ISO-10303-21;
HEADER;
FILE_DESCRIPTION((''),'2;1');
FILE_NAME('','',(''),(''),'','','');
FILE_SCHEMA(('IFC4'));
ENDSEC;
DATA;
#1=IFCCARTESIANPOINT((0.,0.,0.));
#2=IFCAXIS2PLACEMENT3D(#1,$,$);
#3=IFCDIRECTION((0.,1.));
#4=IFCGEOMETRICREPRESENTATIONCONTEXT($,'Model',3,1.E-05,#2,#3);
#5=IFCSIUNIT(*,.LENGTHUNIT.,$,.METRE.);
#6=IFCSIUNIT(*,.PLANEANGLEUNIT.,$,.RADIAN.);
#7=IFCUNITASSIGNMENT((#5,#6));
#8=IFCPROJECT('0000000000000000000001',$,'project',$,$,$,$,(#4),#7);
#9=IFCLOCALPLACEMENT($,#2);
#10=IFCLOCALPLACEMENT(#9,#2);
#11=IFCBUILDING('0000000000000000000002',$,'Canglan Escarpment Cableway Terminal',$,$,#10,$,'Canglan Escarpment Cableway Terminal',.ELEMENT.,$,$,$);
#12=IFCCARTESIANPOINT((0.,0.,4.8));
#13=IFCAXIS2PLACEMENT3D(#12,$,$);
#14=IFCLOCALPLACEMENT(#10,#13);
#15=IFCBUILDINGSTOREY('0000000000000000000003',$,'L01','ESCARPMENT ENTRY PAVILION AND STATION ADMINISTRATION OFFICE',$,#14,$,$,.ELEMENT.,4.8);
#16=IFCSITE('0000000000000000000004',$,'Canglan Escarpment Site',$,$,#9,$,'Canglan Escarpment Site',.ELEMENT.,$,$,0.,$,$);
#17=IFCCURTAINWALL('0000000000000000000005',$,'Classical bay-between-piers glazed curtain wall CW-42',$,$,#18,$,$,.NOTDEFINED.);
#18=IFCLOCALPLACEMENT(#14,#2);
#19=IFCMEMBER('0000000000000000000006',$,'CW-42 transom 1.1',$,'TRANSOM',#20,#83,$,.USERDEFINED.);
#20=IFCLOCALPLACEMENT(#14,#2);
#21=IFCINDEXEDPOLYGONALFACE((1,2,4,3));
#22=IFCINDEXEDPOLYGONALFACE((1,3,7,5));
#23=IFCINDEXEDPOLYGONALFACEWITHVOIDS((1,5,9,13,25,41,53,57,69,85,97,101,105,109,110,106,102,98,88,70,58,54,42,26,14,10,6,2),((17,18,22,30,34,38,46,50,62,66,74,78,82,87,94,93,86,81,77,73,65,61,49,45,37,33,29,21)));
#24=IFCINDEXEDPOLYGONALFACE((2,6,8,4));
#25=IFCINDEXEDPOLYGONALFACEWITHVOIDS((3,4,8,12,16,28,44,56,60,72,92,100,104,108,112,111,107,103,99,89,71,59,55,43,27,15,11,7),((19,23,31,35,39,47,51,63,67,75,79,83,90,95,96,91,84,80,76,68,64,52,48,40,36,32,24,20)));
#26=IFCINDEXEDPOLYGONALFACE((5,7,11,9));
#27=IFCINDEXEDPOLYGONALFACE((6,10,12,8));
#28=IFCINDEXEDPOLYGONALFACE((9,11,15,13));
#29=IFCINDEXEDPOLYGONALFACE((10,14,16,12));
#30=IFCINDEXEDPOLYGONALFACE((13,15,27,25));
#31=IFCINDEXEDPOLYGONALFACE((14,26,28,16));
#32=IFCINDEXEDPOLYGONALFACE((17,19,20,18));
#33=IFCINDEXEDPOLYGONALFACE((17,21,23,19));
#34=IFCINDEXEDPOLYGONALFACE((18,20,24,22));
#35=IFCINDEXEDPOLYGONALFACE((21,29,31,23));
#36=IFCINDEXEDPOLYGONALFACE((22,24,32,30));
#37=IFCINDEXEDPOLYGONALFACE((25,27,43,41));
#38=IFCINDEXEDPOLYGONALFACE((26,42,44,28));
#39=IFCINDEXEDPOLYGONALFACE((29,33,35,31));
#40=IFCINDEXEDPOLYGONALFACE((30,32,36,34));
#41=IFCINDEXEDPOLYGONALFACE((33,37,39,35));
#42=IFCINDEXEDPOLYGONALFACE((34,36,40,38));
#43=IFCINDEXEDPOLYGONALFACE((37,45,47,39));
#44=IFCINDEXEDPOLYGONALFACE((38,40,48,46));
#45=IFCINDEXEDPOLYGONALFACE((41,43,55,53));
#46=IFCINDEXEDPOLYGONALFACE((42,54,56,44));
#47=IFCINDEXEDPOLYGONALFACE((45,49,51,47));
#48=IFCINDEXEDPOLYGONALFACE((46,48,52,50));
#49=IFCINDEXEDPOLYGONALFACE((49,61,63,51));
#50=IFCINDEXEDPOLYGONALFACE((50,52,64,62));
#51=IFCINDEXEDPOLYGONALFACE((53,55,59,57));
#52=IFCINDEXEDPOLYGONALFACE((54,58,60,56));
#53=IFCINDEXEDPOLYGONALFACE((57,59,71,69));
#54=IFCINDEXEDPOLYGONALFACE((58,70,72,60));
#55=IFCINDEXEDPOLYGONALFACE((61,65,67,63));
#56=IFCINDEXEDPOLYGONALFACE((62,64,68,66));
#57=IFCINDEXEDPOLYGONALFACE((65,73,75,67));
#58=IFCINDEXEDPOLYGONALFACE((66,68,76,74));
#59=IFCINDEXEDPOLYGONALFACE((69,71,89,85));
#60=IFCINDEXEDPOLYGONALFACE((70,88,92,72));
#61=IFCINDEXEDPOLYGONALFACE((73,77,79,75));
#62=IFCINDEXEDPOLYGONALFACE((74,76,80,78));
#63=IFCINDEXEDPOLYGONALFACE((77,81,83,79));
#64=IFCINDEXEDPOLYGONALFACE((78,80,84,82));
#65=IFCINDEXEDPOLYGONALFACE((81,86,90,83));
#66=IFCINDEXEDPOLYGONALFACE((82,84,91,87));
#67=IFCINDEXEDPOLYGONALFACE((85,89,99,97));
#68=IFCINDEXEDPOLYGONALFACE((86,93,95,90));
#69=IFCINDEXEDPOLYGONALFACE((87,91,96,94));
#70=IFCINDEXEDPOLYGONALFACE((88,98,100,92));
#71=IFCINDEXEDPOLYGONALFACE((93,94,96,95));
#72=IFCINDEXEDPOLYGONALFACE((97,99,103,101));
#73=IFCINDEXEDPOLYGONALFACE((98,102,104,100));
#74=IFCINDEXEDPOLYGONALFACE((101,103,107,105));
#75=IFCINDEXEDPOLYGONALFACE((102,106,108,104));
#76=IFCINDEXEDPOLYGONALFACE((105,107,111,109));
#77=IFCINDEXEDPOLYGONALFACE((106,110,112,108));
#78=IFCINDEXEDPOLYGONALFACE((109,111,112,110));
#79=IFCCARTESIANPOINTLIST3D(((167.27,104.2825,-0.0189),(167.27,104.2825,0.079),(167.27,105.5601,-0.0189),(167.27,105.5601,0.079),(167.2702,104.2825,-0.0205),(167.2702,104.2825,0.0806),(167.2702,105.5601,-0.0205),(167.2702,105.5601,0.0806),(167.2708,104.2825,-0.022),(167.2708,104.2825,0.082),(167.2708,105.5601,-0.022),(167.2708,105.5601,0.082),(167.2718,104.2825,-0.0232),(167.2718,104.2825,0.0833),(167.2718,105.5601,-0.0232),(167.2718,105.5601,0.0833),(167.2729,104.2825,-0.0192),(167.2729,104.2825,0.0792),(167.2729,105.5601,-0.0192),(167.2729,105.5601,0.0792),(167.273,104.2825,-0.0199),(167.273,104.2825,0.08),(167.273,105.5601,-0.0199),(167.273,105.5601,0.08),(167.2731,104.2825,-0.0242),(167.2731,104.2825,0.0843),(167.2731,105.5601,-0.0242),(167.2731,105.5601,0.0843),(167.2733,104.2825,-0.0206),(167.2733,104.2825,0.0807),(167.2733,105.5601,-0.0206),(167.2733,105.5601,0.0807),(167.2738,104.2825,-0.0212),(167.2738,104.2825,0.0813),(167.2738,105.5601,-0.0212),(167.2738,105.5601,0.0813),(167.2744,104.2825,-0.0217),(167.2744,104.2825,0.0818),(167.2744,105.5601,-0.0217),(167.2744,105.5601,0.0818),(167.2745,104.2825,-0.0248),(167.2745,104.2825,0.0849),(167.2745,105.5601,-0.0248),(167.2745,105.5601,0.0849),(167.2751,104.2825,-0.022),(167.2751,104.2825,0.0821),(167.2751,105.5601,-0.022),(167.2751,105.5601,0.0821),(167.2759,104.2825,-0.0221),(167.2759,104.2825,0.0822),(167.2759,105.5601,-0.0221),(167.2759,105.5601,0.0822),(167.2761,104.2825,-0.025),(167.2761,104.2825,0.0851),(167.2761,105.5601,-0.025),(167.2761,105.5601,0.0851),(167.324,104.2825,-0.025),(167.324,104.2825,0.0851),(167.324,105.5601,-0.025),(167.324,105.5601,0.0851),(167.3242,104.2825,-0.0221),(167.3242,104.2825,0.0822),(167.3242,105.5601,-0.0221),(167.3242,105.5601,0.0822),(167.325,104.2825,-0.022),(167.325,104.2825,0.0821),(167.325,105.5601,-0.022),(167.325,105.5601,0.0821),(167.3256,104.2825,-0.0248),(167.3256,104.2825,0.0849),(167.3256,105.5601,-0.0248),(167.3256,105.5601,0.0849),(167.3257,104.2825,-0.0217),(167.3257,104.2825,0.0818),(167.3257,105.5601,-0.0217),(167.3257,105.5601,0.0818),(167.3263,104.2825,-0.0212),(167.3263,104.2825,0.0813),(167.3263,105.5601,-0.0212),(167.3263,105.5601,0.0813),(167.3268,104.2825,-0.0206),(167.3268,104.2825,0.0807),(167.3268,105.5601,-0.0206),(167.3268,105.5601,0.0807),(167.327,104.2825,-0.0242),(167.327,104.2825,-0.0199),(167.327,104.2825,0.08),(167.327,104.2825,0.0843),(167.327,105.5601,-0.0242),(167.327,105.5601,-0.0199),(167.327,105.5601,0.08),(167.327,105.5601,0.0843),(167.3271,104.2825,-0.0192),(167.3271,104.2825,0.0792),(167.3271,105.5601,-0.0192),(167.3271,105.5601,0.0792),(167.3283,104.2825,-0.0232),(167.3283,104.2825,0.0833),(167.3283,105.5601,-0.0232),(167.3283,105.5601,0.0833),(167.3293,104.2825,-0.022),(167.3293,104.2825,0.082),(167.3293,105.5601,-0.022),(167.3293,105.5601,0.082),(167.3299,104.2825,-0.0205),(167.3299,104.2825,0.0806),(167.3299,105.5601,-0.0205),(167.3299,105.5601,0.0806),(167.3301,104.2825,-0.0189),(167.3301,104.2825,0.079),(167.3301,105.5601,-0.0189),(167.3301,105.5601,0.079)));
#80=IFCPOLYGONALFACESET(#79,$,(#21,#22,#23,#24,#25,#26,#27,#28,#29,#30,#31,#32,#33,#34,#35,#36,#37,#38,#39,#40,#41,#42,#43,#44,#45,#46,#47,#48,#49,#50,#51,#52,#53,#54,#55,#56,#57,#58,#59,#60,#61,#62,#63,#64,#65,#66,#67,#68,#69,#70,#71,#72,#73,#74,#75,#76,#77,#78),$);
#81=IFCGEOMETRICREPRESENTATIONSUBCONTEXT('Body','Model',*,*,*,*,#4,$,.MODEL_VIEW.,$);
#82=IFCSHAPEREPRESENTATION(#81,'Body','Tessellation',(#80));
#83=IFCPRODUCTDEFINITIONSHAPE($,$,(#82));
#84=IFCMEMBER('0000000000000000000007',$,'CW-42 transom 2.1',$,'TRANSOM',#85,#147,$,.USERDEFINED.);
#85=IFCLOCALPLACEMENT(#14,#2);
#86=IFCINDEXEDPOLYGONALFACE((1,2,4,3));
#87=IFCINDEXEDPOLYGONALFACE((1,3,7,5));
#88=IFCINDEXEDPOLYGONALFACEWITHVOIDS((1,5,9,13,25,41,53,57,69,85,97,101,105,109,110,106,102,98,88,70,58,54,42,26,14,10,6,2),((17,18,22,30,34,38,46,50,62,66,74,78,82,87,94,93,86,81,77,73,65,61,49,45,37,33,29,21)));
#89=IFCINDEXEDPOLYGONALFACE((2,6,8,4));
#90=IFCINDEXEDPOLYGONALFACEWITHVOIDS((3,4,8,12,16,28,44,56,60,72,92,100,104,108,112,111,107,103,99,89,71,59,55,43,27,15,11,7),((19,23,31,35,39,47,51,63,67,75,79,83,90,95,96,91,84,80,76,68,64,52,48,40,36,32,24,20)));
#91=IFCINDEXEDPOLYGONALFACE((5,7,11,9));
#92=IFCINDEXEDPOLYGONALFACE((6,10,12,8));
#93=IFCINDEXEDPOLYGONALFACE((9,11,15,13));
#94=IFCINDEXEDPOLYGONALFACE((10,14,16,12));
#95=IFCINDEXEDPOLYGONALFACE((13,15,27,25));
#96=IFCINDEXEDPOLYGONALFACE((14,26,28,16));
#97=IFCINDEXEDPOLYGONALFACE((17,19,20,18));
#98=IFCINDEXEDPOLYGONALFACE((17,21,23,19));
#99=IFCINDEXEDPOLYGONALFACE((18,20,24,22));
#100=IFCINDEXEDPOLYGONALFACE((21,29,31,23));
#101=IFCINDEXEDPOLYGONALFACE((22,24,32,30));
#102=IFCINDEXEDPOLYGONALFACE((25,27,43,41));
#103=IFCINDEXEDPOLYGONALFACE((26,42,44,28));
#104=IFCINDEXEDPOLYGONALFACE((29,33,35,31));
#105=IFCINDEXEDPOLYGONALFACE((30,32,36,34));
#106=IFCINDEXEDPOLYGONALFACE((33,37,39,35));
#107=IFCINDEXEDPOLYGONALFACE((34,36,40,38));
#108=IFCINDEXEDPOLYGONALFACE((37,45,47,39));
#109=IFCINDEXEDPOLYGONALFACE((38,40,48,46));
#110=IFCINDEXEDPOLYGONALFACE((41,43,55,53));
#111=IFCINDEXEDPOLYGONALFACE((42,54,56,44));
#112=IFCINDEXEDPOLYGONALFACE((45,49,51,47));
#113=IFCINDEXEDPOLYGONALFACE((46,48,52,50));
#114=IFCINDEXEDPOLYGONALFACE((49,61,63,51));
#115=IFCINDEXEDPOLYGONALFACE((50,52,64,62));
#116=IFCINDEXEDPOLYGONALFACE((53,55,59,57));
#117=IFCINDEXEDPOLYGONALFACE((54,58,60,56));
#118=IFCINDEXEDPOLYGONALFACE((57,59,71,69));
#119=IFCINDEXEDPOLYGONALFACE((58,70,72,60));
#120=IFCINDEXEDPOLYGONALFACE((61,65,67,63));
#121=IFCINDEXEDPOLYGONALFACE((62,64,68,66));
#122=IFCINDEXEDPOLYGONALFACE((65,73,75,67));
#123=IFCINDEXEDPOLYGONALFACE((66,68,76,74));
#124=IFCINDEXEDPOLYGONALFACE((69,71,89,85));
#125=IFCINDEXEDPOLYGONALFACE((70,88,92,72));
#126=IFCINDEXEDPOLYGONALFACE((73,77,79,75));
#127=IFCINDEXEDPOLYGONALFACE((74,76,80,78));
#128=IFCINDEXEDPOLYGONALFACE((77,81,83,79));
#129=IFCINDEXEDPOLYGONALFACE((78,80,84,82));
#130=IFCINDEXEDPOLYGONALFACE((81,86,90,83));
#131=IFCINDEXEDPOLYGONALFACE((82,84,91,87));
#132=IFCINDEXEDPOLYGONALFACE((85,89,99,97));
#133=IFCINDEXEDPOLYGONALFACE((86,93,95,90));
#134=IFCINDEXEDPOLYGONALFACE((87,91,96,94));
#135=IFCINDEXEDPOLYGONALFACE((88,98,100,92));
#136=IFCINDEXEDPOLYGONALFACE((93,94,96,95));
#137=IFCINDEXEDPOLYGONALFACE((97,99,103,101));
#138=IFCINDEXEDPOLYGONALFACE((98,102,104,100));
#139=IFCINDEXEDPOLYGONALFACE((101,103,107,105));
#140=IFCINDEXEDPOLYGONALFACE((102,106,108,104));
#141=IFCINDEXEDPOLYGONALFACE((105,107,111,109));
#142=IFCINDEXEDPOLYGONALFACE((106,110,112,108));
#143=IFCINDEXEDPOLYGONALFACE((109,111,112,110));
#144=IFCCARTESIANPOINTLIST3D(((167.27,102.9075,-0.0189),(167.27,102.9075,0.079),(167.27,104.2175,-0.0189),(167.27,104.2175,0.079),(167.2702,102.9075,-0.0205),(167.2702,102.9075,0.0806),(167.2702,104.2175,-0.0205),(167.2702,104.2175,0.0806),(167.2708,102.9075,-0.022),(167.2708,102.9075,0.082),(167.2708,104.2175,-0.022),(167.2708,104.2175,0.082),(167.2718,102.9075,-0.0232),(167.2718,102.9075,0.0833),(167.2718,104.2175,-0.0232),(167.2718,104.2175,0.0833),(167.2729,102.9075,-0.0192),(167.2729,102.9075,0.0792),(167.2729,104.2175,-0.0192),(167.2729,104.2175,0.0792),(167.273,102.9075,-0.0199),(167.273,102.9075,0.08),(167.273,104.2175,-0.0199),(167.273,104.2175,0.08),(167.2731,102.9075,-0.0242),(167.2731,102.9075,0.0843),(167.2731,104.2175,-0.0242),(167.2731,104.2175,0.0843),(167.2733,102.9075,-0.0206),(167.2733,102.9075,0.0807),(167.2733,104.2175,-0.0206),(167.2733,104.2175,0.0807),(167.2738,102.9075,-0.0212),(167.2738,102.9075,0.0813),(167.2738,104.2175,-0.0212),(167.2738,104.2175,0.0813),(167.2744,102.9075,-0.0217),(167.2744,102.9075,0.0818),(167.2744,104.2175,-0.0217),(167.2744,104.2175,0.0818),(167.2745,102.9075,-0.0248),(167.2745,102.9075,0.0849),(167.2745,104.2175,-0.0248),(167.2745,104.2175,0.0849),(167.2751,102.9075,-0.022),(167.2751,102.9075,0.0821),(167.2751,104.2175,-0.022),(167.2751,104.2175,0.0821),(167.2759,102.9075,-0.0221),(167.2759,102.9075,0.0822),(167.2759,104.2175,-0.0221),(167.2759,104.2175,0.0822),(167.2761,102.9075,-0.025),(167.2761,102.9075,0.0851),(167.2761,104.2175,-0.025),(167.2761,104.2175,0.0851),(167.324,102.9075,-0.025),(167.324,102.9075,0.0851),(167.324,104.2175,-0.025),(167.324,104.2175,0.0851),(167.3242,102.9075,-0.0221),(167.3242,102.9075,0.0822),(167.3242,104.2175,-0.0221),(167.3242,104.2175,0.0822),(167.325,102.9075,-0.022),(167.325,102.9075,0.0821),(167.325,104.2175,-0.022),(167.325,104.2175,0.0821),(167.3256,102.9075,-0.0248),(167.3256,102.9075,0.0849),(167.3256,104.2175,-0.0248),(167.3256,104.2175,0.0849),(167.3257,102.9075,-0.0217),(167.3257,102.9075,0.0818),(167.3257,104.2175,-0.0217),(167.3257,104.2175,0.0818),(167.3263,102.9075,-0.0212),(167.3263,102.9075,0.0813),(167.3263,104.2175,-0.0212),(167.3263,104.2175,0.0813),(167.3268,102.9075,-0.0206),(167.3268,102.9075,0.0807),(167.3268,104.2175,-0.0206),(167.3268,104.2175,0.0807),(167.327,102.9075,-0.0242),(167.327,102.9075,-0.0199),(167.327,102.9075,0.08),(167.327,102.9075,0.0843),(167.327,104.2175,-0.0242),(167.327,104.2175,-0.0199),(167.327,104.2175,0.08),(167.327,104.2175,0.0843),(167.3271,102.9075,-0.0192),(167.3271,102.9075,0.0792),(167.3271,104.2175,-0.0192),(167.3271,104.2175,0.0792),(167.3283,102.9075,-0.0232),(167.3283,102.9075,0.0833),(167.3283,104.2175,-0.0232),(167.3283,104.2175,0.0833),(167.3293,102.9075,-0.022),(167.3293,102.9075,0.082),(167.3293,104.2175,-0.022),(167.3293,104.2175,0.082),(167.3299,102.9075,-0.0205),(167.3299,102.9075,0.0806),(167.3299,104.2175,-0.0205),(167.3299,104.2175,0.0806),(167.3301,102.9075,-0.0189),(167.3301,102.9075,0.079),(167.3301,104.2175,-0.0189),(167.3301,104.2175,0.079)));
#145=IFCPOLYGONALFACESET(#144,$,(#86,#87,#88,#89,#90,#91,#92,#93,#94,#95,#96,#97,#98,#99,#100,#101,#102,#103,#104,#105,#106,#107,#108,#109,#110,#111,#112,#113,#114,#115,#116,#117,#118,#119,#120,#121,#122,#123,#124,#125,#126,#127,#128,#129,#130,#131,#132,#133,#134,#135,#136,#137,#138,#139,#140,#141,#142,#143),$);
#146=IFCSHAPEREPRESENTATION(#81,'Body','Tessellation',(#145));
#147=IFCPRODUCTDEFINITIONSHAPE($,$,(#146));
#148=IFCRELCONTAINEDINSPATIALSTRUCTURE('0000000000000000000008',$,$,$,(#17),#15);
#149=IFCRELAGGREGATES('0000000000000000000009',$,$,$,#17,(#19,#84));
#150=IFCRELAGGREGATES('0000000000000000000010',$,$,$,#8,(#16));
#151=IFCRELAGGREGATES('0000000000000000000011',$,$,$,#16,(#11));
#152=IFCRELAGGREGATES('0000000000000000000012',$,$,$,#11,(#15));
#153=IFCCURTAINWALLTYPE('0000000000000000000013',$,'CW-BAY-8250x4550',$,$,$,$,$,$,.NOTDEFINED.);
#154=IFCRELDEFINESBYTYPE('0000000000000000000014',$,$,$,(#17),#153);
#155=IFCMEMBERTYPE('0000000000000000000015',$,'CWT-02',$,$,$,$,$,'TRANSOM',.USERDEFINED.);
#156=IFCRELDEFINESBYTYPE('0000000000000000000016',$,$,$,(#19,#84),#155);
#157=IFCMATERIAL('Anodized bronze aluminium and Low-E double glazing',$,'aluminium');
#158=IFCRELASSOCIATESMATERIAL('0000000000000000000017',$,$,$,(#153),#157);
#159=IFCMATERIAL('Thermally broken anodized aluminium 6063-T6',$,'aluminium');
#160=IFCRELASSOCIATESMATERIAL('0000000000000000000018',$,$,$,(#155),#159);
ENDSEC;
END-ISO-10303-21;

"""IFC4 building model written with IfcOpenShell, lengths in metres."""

from ifc_helpers import new_model, si_unit, direction, frame, origin, origin_2d, place, context, subcontext, project, spatial, hollow_rectangle, extrude, material, material_profile, profile_set, type_object, element, aggregate, save


model = new_model("IFC4")

# Units and contexts
model_context = context("Model", 3, precision=1e-05, world=origin(), true_north=direction((0.0, 1.0)))
body_context = subcontext(model_context, "Body", "Model", "MODEL_VIEW")
ifc_project = project(units=[si_unit("LENGTHUNIT", "METRE"), si_unit("PLANEANGLEUNIT", "RADIAN")], contexts=[model_context])

# Site, building, storey
site_placement = place(None, origin())
site = spatial("IfcSite", under=ifc_project, at=site_placement, Name="Canglan Escarpment Site", LongName="Canglan Escarpment Site", CompositionType="ELEMENT", RefElevation=0.0)
building_placement = place(site_placement, origin())
building = spatial("IfcBuilding", under=site, at=building_placement, Name="Canglan Escarpment Cableway Terminal", LongName="Canglan Escarpment Cableway Terminal", CompositionType="ELEMENT")
storey_placement = place(building_placement, frame((0.0, 0.0, 4.8)))
storey = spatial("IfcBuildingStorey", under=building, at=storey_placement, Name="L01", Description="ESCARPMENT ENTRY PAVILION AND STATION ADMINISTRATION OFFICE", CompositionType="ELEMENT", Elevation=4.8)

# Curtain wall, members
ifc_material_1 = material(Name="Anodized bronze aluminium and Low-E double glazing", Category="aluminium")
curtain_wall_type = type_object("IfcCurtainWallType", Name="CW-BAY-8250x4550", PredefinedType="NOTDEFINED", material=ifc_material_1)
curtain_wall_placement = place(storey_placement, origin())
curtain_wall = element("IfcCurtainWall", 1, at=curtain_wall_placement, inside=storey, type_object=curtain_wall_type, Name="Classical bay-between-piers glazed curtain wall CW-42", PredefinedType="NOTDEFINED")
ifc_material_2 = material(Name="Thermally broken anodized aluminium 6063-T6", Category="aluminium")
ifc_material_profile_1 = material_profile(ifc_material_2, hollow_rectangle(XDim=0.0601, YDim=0.1101, WallThickness=0.0029, InnerFilletRadius=0.0029, OuterFilletRadius=0.0061, at=origin_2d()), Name="ALU-TRAN 60x110x3")
ifc_profile_set_1 = profile_set([ifc_material_profile_1], Name="Thermally broken anodized aluminium 6063-T6")
member_type_1 = type_object("IfcMemberType", Name="CWT-02", ElementType="TRANSOM", PredefinedType="USERDEFINED", material=ifc_profile_set_1)
member_1_placement = place(storey_placement, frame((167.3, 105.5601, 0.03), z_axis=(0.0, -1.0, 0.0), x_axis=(1.0, 0.0, 0.0)))
member_1 = element("IfcMember", 2, at=member_1_placement, type_object=member_type_1, Name="CW-42 transom 1.1", ObjectType="TRANSOM", PredefinedType="USERDEFINED", context=body_context, shape_type="SweptSolid", body=[
    extrude(hollow_rectangle(XDim=0.0601, YDim=0.1101, WallThickness=0.0029, InnerFilletRadius=0.0029, OuterFilletRadius=0.0061, at=origin_2d()), origin(), (0.0, 0.0, 1.0), 1.2776),
])
member_2_placement = place(storey_placement, frame((167.3, 104.2175, 0.03), z_axis=(0.0, -1.0, 0.0), x_axis=(1.0, 0.0, 0.0)))
member_2 = element("IfcMember", 3, at=member_2_placement, type_object=member_type_1, Name="CW-42 transom 2.1", ObjectType="TRANSOM", PredefinedType="USERDEFINED", context=body_context, shape_type="SweptSolid", body=[
    extrude(hollow_rectangle(XDim=0.0601, YDim=0.1101, WallThickness=0.0029, InnerFilletRadius=0.0029, OuterFilletRadius=0.0061, at=origin_2d()), origin(), (0.0, 0.0, 1.0), 1.3101),
])
aggregate(curtain_wall, [member_1, member_2])

save(model, "model.ifc")
